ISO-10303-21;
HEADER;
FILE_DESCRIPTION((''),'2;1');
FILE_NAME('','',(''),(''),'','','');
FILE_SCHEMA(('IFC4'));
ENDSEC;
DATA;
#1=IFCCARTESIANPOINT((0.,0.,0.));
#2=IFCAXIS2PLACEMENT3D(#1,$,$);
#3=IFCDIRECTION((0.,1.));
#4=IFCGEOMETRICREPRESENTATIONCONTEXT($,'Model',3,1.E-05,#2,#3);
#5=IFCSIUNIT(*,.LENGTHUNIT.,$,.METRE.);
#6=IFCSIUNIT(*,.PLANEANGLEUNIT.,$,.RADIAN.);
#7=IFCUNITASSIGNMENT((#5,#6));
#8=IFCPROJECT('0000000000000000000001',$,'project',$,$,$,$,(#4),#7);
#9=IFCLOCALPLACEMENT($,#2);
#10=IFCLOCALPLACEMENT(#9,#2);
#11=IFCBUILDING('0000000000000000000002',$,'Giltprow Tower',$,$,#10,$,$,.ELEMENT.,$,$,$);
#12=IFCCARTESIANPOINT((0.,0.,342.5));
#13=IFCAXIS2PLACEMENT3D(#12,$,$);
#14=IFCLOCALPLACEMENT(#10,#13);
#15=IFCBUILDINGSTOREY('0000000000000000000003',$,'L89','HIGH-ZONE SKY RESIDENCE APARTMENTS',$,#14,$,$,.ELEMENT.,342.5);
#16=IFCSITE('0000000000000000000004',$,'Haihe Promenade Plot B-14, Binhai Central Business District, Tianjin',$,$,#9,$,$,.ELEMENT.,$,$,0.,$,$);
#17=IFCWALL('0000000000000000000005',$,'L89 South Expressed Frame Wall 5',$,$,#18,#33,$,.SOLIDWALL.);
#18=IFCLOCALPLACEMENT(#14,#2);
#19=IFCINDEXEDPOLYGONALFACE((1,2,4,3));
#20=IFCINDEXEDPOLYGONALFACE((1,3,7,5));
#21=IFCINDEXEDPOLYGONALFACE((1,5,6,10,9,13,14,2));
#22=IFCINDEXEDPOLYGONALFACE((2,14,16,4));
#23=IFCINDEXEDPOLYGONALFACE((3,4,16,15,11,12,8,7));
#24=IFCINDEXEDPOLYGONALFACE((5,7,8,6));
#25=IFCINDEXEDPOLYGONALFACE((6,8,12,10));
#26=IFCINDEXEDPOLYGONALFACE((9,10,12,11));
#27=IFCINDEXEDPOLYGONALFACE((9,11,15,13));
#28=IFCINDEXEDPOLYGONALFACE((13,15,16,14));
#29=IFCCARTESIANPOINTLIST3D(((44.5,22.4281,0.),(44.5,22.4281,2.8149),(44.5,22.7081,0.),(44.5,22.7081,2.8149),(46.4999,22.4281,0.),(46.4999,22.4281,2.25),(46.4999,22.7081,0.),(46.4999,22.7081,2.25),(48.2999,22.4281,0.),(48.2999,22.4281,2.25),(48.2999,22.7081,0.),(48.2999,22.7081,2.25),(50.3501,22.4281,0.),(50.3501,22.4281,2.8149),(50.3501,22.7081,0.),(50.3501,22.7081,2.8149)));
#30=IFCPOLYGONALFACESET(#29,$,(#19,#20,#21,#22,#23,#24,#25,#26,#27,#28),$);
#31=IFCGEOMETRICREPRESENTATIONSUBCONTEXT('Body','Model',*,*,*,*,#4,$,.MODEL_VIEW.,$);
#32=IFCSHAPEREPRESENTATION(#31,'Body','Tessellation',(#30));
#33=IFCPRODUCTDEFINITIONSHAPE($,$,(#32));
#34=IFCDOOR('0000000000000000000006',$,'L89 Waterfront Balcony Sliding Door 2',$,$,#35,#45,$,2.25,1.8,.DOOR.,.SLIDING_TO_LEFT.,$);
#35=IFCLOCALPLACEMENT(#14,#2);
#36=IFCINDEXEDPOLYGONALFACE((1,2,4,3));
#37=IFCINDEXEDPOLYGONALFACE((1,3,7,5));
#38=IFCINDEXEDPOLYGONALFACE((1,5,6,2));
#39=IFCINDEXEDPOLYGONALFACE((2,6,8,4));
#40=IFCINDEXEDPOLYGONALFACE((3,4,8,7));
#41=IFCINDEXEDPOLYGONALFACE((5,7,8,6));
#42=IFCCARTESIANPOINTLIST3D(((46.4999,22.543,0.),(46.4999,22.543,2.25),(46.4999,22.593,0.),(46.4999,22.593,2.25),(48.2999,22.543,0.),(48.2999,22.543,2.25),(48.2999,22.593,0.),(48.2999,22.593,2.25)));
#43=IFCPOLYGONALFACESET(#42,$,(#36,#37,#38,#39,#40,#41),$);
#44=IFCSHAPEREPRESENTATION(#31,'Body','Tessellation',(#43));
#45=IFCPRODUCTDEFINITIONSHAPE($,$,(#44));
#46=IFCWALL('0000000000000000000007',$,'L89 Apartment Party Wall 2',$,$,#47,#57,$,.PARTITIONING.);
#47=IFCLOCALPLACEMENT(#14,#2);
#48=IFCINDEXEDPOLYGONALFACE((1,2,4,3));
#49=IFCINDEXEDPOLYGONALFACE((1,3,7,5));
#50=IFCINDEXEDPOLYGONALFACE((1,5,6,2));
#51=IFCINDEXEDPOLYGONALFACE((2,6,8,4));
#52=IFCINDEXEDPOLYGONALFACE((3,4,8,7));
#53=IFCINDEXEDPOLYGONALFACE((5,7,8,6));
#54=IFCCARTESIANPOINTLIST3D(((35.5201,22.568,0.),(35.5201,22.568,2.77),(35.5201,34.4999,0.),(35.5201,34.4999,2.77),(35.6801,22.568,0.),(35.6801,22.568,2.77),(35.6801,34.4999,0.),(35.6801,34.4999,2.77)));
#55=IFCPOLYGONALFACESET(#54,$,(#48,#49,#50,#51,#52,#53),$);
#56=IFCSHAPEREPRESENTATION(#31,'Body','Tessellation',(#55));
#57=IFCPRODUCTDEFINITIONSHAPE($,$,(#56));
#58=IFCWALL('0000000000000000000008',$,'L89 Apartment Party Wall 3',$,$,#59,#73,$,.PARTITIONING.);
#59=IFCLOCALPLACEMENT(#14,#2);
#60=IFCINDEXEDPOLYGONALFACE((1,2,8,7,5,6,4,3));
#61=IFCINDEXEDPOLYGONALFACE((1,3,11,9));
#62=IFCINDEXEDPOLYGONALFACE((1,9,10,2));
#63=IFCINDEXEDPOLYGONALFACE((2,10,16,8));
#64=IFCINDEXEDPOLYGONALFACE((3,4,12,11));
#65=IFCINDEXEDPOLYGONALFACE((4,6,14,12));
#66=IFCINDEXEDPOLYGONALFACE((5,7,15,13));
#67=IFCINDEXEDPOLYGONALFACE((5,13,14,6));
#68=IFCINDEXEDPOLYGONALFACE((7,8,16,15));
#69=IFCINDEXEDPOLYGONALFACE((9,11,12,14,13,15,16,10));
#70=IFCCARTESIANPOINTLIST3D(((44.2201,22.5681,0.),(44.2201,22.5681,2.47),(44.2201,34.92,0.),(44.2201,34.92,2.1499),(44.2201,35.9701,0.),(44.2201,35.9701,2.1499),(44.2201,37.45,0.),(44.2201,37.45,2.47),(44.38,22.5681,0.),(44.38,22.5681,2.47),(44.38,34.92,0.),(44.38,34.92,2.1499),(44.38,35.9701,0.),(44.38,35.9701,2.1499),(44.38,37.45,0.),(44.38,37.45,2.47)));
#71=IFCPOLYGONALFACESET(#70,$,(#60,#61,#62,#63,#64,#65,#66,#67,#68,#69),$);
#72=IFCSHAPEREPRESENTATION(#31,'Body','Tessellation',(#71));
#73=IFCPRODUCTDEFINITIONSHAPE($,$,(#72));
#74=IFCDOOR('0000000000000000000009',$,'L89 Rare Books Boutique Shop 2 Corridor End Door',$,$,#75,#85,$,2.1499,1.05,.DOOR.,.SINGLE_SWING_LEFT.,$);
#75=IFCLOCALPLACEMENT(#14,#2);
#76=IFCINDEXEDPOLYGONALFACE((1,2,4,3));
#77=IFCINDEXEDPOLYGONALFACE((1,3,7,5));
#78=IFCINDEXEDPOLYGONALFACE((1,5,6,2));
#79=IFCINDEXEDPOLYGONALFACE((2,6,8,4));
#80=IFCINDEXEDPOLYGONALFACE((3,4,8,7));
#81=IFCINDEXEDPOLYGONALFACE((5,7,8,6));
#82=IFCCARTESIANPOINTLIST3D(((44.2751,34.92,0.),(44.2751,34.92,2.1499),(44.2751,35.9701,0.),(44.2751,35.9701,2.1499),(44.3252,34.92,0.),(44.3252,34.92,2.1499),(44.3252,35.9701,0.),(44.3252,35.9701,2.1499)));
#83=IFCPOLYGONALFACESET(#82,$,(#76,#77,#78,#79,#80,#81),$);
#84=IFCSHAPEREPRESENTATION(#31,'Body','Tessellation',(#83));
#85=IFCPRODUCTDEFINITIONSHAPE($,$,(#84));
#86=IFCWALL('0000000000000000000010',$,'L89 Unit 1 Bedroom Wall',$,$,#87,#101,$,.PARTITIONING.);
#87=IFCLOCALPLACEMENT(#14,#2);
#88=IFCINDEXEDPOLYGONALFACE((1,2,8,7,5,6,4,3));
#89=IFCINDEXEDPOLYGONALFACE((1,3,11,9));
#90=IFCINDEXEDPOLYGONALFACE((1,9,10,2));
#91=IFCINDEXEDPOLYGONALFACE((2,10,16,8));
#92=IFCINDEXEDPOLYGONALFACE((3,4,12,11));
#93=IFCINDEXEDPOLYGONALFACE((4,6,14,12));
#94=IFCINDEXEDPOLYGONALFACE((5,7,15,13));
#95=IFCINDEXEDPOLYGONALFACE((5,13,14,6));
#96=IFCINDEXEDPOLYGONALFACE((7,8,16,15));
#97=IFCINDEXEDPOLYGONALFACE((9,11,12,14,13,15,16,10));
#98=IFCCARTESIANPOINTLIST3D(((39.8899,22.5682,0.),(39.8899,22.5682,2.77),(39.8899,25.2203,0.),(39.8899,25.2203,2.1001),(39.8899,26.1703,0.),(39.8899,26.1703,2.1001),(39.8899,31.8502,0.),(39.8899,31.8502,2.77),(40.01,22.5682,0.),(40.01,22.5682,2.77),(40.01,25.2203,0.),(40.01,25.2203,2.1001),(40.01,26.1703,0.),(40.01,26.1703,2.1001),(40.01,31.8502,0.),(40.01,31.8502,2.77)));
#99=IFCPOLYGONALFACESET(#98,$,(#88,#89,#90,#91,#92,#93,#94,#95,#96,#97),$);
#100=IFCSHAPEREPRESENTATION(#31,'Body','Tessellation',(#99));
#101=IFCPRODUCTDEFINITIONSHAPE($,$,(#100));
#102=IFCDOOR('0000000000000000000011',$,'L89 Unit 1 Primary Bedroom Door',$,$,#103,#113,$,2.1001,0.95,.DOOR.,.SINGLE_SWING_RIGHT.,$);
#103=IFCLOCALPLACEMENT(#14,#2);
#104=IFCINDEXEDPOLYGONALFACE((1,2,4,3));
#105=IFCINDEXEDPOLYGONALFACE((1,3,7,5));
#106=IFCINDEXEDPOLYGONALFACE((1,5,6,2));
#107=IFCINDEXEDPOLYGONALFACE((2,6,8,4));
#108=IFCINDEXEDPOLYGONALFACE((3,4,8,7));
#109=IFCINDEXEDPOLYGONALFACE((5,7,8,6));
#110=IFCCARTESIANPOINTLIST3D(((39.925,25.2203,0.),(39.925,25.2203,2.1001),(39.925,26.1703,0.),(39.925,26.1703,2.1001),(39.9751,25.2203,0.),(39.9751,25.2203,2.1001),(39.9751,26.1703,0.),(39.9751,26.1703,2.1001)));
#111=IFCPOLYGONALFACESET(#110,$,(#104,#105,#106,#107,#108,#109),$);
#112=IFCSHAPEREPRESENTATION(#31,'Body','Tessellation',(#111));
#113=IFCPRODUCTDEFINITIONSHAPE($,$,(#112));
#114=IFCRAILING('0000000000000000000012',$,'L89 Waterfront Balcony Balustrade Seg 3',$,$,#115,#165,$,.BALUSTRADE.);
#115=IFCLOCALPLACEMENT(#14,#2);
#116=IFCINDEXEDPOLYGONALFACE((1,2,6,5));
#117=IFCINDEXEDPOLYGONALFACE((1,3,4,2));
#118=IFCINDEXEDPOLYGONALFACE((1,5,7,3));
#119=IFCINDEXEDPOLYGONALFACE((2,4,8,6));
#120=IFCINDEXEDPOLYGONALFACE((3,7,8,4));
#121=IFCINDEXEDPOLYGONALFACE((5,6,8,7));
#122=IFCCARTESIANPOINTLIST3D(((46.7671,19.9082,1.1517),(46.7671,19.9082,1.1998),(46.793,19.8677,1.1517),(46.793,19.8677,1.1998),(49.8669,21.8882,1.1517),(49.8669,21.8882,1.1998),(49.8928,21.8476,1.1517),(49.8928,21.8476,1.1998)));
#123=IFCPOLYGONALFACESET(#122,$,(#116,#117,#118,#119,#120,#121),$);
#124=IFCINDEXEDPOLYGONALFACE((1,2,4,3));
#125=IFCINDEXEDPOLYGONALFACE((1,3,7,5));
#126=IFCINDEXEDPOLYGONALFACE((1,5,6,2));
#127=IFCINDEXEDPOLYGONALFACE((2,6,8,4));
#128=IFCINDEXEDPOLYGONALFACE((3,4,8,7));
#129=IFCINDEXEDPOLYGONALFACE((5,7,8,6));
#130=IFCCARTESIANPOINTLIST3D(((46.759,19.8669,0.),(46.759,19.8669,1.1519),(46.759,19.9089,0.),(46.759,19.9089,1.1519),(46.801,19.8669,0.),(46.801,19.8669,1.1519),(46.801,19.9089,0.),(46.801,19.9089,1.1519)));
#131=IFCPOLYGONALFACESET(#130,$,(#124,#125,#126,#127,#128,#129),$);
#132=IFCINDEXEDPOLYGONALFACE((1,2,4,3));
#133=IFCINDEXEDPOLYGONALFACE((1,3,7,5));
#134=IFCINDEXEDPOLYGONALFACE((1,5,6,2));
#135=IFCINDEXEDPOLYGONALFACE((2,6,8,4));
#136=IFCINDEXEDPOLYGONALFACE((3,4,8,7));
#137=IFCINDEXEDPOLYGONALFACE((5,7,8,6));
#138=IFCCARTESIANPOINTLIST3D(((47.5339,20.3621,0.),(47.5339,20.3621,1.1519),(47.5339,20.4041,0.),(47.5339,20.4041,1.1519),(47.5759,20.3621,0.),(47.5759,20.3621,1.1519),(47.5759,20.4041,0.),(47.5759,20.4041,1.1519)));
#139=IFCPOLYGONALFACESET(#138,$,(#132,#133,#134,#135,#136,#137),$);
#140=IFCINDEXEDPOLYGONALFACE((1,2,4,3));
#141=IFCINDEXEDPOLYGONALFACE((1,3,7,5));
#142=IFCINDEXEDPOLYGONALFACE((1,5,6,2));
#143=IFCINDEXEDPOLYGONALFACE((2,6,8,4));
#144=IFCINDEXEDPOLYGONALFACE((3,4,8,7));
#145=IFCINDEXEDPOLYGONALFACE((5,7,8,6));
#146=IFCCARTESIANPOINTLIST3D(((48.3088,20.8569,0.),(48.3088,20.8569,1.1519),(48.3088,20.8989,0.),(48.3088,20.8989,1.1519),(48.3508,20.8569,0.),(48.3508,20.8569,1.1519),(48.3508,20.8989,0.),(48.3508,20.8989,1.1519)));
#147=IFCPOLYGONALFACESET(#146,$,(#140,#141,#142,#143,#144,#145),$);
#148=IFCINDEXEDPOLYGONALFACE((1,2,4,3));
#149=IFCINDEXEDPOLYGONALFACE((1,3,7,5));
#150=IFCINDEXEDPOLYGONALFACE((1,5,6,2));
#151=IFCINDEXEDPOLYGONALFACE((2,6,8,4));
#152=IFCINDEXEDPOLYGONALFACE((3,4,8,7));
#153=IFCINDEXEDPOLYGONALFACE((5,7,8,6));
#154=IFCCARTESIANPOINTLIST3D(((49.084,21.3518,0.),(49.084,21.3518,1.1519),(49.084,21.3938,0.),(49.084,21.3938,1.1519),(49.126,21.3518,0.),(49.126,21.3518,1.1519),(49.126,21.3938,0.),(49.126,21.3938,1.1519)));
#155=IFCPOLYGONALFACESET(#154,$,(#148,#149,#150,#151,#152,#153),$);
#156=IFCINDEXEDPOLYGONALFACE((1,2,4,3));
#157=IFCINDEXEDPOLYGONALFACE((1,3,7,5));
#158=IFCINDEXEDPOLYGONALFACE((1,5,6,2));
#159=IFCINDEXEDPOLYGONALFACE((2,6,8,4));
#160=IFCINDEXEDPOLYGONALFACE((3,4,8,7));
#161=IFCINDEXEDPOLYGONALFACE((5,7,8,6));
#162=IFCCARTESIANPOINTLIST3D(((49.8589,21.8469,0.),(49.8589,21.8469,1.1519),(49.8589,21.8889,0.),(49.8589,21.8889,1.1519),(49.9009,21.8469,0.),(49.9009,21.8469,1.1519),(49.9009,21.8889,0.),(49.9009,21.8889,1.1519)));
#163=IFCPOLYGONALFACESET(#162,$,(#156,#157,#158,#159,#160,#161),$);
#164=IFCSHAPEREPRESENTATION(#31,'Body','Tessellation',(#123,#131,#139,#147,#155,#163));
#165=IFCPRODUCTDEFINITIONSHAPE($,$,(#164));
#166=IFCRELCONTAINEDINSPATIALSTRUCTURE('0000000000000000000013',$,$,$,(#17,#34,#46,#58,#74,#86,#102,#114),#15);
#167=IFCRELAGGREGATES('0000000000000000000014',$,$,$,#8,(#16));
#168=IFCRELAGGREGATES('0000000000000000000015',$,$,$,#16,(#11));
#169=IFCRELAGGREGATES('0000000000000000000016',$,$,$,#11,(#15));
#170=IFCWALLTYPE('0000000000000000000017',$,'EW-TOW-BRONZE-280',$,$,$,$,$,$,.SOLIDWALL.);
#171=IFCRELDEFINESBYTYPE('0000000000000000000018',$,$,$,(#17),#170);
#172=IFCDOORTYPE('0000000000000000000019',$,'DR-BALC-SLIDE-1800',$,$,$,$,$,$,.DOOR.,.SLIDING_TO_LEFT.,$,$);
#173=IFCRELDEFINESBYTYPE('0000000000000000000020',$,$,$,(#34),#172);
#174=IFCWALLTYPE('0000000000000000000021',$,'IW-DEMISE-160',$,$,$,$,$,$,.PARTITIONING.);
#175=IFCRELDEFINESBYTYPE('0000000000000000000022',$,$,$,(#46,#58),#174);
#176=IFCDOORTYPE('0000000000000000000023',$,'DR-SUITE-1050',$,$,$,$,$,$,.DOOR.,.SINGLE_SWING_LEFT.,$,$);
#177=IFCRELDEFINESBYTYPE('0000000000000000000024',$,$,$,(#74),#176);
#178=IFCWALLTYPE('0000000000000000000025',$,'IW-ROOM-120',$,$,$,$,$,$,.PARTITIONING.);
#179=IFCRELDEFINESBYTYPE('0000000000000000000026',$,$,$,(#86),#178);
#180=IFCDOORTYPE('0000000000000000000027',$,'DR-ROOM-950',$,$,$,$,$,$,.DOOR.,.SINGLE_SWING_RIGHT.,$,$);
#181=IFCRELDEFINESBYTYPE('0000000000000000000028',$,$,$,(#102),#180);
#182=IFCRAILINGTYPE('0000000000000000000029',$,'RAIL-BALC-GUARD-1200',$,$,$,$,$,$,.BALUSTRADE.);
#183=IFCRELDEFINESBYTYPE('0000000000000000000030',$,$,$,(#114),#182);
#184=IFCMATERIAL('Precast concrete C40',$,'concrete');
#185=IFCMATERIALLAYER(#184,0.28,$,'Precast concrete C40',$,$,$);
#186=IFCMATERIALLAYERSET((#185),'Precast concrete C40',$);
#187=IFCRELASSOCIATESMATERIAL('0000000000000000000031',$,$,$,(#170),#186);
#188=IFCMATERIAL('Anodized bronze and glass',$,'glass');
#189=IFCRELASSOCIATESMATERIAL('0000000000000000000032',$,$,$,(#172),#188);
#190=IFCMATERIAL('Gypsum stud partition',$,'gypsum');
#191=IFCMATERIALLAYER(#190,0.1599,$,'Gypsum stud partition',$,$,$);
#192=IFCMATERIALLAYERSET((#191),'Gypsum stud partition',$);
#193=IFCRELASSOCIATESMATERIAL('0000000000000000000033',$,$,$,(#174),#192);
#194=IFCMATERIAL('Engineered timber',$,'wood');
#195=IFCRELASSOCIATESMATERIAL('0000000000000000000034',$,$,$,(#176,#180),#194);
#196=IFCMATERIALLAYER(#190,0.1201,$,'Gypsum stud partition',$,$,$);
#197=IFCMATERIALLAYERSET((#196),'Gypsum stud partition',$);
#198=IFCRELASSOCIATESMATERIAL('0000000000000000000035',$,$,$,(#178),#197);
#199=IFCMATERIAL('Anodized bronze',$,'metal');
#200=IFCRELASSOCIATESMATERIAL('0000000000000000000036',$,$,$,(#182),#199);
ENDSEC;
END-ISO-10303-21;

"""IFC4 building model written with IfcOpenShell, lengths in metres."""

from ifc_helpers import new_model, si_unit, direction, frame, frame_2d, origin, origin_2d, place, context, subcontext, project, spatial, rectangle, extrude, source, transform, mapped, material, layer, layer_set, type_object, element, fill, save


model = new_model("IFC4")

# Units and contexts
model_context = context("Model", 3, precision=1e-05, world=origin(), true_north=direction((0.0, 1.0)))
body_context = subcontext(model_context, "Body", "Model", "MODEL_VIEW")
ifc_project = project(units=[si_unit("LENGTHUNIT", "METRE"), si_unit("PLANEANGLEUNIT", "RADIAN")], contexts=[model_context])

# Site, building, storey
site_placement = place(None, origin())
site = spatial("IfcSite", under=ifc_project, at=site_placement, Name="Haihe Promenade Plot B-14, Binhai Central Business District, Tianjin", CompositionType="ELEMENT", RefElevation=0.0)
building_placement = place(site_placement, origin())
building = spatial("IfcBuilding", under=site, at=building_placement, Name="Giltprow Tower", CompositionType="ELEMENT")
storey_placement = place(building_placement, frame((0.0, 0.0, 342.5)))
storey = spatial("IfcBuildingStorey", under=building, at=storey_placement, Name="L89", Description="HIGH-ZONE SKY RESIDENCE APARTMENTS", CompositionType="ELEMENT", Elevation=342.5)

# Shared definitions
ifc_material_1 = material(Name="Precast concrete C40", Category="concrete")
ifc_layer_1 = layer(ifc_material_1, 0.28, Name="Precast concrete C40")
ifc_layer_set_1 = layer_set([ifc_layer_1], Name="Precast concrete C40")
wall_type_1 = type_object("IfcWallType", Name="EW-TOW-BRONZE-280", PredefinedType="SOLIDWALL", material=ifc_layer_set_1)

# Wall, opening, door
wall_1_placement = place(storey_placement, frame((44.5, 22.5681, 0.0), z_axis=(0.0, 0.0, 1.0), x_axis=(1.0, 0.0, 0.0)))
wall_1 = element("IfcWall", 1, at=wall_1_placement, inside=storey, type_object=wall_type_1, Name="L89 South Expressed Frame Wall 5", PredefinedType="SOLIDWALL", context=body_context, shape_type="SweptSolid", body=[
    extrude(rectangle(XDim=5.8501, YDim=0.28, at=frame_2d((2.925, 0.0))), origin(), (0.0, 0.0, 1.0), 2.8149),
])
opening_1_placement = place(wall_1_placement, frame((2.0, 0.0, 0.0)))
opening_1 = element("IfcOpeningElement", 2, at=opening_1_placement, cuts=wall_1, PredefinedType="OPENING", context=body_context, shape_type="SweptSolid", body=[
    extrude(rectangle(XDim=1.8, YDim=2.25, at=frame_2d((0.8999, 1.125))), frame((0.0, 0.1499, 0.0), z_axis=(0.0, -1.0, 0.0), x_axis=(1.0, 0.0, 0.0)), (0.0, 0.0, 1.0), 0.3),
])
ifc_material_2 = material(Name="Anodized bronze and glass", Category="glass")
door_type_1 = type_object("IfcDoorType", Name="DR-BALC-SLIDE-1800", OperationType="SLIDING_TO_LEFT", PredefinedType="DOOR", material=ifc_material_2)
shared_shape_1 = source(origin(), body_context, "Body", "SweptSolid", [
    extrude(rectangle(XDim=1.8, YDim=2.25, at=frame_2d((0.8999, 1.125))), frame((0.0, 0.0249, 0.0), z_axis=(0.0, -1.0, 0.0), x_axis=(1.0, 0.0, 0.0)), (0.0, 0.0, 1.0), 0.05),
])
door_1_placement = place(opening_1_placement, origin())
door_1 = element("IfcDoor", 3, at=door_1_placement, inside=storey, type_object=door_type_1, Name="L89 Waterfront Balcony Sliding Door 2", OperationType="SLIDING_TO_LEFT", OverallHeight=2.25, OverallWidth=1.8, PredefinedType="DOOR", context=body_context, shape_type="MappedRepresentation", body=[
    mapped(shared_shape_1, transform((0.0, 0.0, 0.0), x_axis=(1.0, 0.0, 0.0), y_axis=(0.0, 1.0, 0.0), z_axis=(0.0, 0.0, 1.0), scale=1.0)),
])
fill(opening_1, door_1)

# Wall
ifc_material_3 = material(Name="Gypsum stud partition", Category="gypsum")
ifc_layer_2 = layer(ifc_material_3, 0.1599, Name="Gypsum stud partition")
ifc_layer_set_2 = layer_set([ifc_layer_2], Name="Gypsum stud partition")
wall_type_2 = type_object("IfcWallType", Name="IW-DEMISE-160", PredefinedType="PARTITIONING", material=ifc_layer_set_2)
wall_2_placement = place(storey_placement, frame((35.6001, 22.5681, 0.0), z_axis=(0.0, 0.0, 1.0), x_axis=(0.0, 1.0, 0.0)))
element("IfcWall", 4, at=wall_2_placement, inside=storey, type_object=wall_type_2, Name="L89 Apartment Party Wall 2", PredefinedType="PARTITIONING", context=body_context, shape_type="SweptSolid", body=[
    extrude(rectangle(XDim=11.9319, YDim=0.1599, at=frame_2d((5.9658, 0.0))), origin(), (0.0, 0.0, 1.0), 2.77),
])

# Walls, openings, doors
wall_3_placement = place(storey_placement, frame((44.3, 22.5681, 0.0), z_axis=(0.0, 0.0, 1.0), x_axis=(0.0, 1.0, 0.0)))
wall_3 = element("IfcWall", 5, at=wall_3_placement, inside=storey, type_object=wall_type_2, Name="L89 Apartment Party Wall 3", PredefinedType="PARTITIONING", context=body_context, shape_type="SweptSolid", body=[
    extrude(rectangle(XDim=14.8818, YDim=0.1599, at=frame_2d((7.4409, 0.0))), origin(), (0.0, 0.0, 1.0), 2.47),
])
opening_2_placement = place(wall_3_placement, frame((12.3521, 0.0, 0.0)))
opening_2 = element("IfcOpeningElement", 6, at=opening_2_placement, cuts=wall_3, PredefinedType="OPENING", context=body_context, shape_type="SweptSolid", body=[
    extrude(rectangle(XDim=1.05, YDim=2.1499, at=frame_2d((0.5249, 1.075))), frame((0.0, 0.0898, 0.0), z_axis=(0.0, -1.0, 0.0), x_axis=(1.0, 0.0, 0.0)), (0.0, 0.0, 1.0), 0.1799),
])
ifc_material_4 = material(Name="Engineered timber", Category="wood")
door_type_2 = type_object("IfcDoorType", Name="DR-SUITE-1050", OperationType="SINGLE_SWING_LEFT", PredefinedType="DOOR", material=ifc_material_4)
shared_shape_2 = source(origin(), body_context, "Body", "SweptSolid", [
    extrude(rectangle(XDim=1.05, YDim=2.1499, at=frame_2d((0.5249, 1.075))), frame((0.0, 0.0249, 0.0), z_axis=(0.0, -1.0, 0.0), x_axis=(1.0, 0.0, 0.0)), (0.0, 0.0, 1.0), 0.05),
])
door_2_placement = place(opening_2_placement, origin())
door_2 = element("IfcDoor", 7, at=door_2_placement, inside=storey, type_object=door_type_2, Name="L89 Rare Books Boutique Shop 2 Corridor End Door", OperationType="SINGLE_SWING_LEFT", OverallHeight=2.1499, OverallWidth=1.05, PredefinedType="DOOR", context=body_context, shape_type="MappedRepresentation", body=[
    mapped(shared_shape_2, transform((0.0, 0.0, 0.0), x_axis=(1.0, 0.0, 0.0), y_axis=(0.0, 1.0, 0.0), z_axis=(0.0, 0.0, 1.0), scale=1.0)),
])
fill(opening_2, door_2)
ifc_layer_3 = layer(ifc_material_3, 0.1201, Name="Gypsum stud partition")
ifc_layer_set_3 = layer_set([ifc_layer_3], Name="Gypsum stud partition")
wall_type_3 = type_object("IfcWallType", Name="IW-ROOM-120", PredefinedType="PARTITIONING", material=ifc_layer_set_3)
wall_4_placement = place(storey_placement, frame((39.95, 22.5681, 0.0), z_axis=(0.0, 0.0, 1.0), x_axis=(0.0, 1.0, 0.0)))
wall_4 = element("IfcWall", 8, at=wall_4_placement, inside=storey, type_object=wall_type_3, Name="L89 Unit 1 Bedroom Wall", PredefinedType="PARTITIONING", context=body_context, shape_type="SweptSolid", body=[
    extrude(rectangle(XDim=9.282, YDim=0.1201, at=frame_2d((4.6411, 0.0))), origin(), (0.0, 0.0, 1.0), 2.77),
])
opening_3_placement = place(wall_4_placement, frame((2.6521, 0.0, 0.0)))
opening_3 = element("IfcOpeningElement", 9, at=opening_3_placement, cuts=wall_4, PredefinedType="OPENING", context=body_context, shape_type="SweptSolid", body=[
    extrude(rectangle(XDim=0.95, YDim=2.1001, at=frame_2d((0.4751, 1.05))), frame((0.0, 0.0701, 0.0), z_axis=(0.0, -1.0, 0.0), x_axis=(1.0, 0.0, 0.0)), (0.0, 0.0, 1.0), 0.1401),
])
door_type_3 = type_object("IfcDoorType", Name="DR-ROOM-950", OperationType="SINGLE_SWING_RIGHT", PredefinedType="DOOR", material=ifc_material_4)
shared_shape_3 = source(origin(), body_context, "Body", "SweptSolid", [
    extrude(rectangle(XDim=0.95, YDim=2.1001, at=frame_2d((0.4751, 1.05))), frame((0.0, 0.0249, 0.0), z_axis=(0.0, -1.0, 0.0), x_axis=(1.0, 0.0, 0.0)), (0.0, 0.0, 1.0), 0.05),
])
door_3_placement = place(opening_3_placement, origin())
door_3 = element("IfcDoor", 10, at=door_3_placement, inside=storey, type_object=door_type_3, Name="L89 Unit 1 Primary Bedroom Door", OperationType="SINGLE_SWING_RIGHT", OverallHeight=2.1001, OverallWidth=0.95, PredefinedType="DOOR", context=body_context, shape_type="MappedRepresentation", body=[
    mapped(shared_shape_3, transform((0.0, 0.0, 0.0), x_axis=(1.0, 0.0, 0.0), y_axis=(0.0, 1.0, 0.0), z_axis=(0.0, 0.0, 1.0), scale=1.0)),
])
fill(opening_3, door_3)

# Railing
ifc_material_5 = material(Name="Anodized bronze", Category="metal")
railing_type = type_object("IfcRailingType", Name="RAIL-BALC-GUARD-1200", PredefinedType="BALUSTRADE", material=ifc_material_5)
railing_1_placement = place(storey_placement, frame((46.78, 19.8879, 0.0)))
element("IfcRailing", 11, at=railing_1_placement, inside=storey, type_object=railing_type, Name="L89 Waterfront Balcony Balustrade Seg 3", PredefinedType="BALUSTRADE", context=body_context, shape_type="SweptSolid", body=[
    extrude(rectangle(XDim=0.0481, YDim=0.0481, at=origin_2d()), frame((0.0, 0.0, 1.1758), z_axis=(0.842756, 0.538296, 0.0), x_axis=(-0.538296, 0.842756, 0.0)), (0.0, 0.0, 1.0), 3.6782),
    extrude(rectangle(XDim=0.042, YDim=0.042, at=origin_2d()), origin(), (0.0, 0.0, 1.0), 1.1519),
    extrude(rectangle(XDim=0.042, YDim=0.042, at=origin_2d()), frame((0.7749, 0.4951, 0.0)), (0.0, 0.0, 1.0), 1.1519),
    extrude(rectangle(XDim=0.042, YDim=0.042, at=origin_2d()), frame((1.5498, 0.99, 0.0)), (0.0, 0.0, 1.0), 1.1519),
    extrude(rectangle(XDim=0.042, YDim=0.042, at=origin_2d()), frame((2.325, 1.4849, 0.0)), (0.0, 0.0, 1.0), 1.1519),
    extrude(rectangle(XDim=0.042, YDim=0.042, at=origin_2d()), frame((3.0999, 1.98, 0.0)), (0.0, 0.0, 1.0), 1.1519),
])

save(model, "model.ifc")
